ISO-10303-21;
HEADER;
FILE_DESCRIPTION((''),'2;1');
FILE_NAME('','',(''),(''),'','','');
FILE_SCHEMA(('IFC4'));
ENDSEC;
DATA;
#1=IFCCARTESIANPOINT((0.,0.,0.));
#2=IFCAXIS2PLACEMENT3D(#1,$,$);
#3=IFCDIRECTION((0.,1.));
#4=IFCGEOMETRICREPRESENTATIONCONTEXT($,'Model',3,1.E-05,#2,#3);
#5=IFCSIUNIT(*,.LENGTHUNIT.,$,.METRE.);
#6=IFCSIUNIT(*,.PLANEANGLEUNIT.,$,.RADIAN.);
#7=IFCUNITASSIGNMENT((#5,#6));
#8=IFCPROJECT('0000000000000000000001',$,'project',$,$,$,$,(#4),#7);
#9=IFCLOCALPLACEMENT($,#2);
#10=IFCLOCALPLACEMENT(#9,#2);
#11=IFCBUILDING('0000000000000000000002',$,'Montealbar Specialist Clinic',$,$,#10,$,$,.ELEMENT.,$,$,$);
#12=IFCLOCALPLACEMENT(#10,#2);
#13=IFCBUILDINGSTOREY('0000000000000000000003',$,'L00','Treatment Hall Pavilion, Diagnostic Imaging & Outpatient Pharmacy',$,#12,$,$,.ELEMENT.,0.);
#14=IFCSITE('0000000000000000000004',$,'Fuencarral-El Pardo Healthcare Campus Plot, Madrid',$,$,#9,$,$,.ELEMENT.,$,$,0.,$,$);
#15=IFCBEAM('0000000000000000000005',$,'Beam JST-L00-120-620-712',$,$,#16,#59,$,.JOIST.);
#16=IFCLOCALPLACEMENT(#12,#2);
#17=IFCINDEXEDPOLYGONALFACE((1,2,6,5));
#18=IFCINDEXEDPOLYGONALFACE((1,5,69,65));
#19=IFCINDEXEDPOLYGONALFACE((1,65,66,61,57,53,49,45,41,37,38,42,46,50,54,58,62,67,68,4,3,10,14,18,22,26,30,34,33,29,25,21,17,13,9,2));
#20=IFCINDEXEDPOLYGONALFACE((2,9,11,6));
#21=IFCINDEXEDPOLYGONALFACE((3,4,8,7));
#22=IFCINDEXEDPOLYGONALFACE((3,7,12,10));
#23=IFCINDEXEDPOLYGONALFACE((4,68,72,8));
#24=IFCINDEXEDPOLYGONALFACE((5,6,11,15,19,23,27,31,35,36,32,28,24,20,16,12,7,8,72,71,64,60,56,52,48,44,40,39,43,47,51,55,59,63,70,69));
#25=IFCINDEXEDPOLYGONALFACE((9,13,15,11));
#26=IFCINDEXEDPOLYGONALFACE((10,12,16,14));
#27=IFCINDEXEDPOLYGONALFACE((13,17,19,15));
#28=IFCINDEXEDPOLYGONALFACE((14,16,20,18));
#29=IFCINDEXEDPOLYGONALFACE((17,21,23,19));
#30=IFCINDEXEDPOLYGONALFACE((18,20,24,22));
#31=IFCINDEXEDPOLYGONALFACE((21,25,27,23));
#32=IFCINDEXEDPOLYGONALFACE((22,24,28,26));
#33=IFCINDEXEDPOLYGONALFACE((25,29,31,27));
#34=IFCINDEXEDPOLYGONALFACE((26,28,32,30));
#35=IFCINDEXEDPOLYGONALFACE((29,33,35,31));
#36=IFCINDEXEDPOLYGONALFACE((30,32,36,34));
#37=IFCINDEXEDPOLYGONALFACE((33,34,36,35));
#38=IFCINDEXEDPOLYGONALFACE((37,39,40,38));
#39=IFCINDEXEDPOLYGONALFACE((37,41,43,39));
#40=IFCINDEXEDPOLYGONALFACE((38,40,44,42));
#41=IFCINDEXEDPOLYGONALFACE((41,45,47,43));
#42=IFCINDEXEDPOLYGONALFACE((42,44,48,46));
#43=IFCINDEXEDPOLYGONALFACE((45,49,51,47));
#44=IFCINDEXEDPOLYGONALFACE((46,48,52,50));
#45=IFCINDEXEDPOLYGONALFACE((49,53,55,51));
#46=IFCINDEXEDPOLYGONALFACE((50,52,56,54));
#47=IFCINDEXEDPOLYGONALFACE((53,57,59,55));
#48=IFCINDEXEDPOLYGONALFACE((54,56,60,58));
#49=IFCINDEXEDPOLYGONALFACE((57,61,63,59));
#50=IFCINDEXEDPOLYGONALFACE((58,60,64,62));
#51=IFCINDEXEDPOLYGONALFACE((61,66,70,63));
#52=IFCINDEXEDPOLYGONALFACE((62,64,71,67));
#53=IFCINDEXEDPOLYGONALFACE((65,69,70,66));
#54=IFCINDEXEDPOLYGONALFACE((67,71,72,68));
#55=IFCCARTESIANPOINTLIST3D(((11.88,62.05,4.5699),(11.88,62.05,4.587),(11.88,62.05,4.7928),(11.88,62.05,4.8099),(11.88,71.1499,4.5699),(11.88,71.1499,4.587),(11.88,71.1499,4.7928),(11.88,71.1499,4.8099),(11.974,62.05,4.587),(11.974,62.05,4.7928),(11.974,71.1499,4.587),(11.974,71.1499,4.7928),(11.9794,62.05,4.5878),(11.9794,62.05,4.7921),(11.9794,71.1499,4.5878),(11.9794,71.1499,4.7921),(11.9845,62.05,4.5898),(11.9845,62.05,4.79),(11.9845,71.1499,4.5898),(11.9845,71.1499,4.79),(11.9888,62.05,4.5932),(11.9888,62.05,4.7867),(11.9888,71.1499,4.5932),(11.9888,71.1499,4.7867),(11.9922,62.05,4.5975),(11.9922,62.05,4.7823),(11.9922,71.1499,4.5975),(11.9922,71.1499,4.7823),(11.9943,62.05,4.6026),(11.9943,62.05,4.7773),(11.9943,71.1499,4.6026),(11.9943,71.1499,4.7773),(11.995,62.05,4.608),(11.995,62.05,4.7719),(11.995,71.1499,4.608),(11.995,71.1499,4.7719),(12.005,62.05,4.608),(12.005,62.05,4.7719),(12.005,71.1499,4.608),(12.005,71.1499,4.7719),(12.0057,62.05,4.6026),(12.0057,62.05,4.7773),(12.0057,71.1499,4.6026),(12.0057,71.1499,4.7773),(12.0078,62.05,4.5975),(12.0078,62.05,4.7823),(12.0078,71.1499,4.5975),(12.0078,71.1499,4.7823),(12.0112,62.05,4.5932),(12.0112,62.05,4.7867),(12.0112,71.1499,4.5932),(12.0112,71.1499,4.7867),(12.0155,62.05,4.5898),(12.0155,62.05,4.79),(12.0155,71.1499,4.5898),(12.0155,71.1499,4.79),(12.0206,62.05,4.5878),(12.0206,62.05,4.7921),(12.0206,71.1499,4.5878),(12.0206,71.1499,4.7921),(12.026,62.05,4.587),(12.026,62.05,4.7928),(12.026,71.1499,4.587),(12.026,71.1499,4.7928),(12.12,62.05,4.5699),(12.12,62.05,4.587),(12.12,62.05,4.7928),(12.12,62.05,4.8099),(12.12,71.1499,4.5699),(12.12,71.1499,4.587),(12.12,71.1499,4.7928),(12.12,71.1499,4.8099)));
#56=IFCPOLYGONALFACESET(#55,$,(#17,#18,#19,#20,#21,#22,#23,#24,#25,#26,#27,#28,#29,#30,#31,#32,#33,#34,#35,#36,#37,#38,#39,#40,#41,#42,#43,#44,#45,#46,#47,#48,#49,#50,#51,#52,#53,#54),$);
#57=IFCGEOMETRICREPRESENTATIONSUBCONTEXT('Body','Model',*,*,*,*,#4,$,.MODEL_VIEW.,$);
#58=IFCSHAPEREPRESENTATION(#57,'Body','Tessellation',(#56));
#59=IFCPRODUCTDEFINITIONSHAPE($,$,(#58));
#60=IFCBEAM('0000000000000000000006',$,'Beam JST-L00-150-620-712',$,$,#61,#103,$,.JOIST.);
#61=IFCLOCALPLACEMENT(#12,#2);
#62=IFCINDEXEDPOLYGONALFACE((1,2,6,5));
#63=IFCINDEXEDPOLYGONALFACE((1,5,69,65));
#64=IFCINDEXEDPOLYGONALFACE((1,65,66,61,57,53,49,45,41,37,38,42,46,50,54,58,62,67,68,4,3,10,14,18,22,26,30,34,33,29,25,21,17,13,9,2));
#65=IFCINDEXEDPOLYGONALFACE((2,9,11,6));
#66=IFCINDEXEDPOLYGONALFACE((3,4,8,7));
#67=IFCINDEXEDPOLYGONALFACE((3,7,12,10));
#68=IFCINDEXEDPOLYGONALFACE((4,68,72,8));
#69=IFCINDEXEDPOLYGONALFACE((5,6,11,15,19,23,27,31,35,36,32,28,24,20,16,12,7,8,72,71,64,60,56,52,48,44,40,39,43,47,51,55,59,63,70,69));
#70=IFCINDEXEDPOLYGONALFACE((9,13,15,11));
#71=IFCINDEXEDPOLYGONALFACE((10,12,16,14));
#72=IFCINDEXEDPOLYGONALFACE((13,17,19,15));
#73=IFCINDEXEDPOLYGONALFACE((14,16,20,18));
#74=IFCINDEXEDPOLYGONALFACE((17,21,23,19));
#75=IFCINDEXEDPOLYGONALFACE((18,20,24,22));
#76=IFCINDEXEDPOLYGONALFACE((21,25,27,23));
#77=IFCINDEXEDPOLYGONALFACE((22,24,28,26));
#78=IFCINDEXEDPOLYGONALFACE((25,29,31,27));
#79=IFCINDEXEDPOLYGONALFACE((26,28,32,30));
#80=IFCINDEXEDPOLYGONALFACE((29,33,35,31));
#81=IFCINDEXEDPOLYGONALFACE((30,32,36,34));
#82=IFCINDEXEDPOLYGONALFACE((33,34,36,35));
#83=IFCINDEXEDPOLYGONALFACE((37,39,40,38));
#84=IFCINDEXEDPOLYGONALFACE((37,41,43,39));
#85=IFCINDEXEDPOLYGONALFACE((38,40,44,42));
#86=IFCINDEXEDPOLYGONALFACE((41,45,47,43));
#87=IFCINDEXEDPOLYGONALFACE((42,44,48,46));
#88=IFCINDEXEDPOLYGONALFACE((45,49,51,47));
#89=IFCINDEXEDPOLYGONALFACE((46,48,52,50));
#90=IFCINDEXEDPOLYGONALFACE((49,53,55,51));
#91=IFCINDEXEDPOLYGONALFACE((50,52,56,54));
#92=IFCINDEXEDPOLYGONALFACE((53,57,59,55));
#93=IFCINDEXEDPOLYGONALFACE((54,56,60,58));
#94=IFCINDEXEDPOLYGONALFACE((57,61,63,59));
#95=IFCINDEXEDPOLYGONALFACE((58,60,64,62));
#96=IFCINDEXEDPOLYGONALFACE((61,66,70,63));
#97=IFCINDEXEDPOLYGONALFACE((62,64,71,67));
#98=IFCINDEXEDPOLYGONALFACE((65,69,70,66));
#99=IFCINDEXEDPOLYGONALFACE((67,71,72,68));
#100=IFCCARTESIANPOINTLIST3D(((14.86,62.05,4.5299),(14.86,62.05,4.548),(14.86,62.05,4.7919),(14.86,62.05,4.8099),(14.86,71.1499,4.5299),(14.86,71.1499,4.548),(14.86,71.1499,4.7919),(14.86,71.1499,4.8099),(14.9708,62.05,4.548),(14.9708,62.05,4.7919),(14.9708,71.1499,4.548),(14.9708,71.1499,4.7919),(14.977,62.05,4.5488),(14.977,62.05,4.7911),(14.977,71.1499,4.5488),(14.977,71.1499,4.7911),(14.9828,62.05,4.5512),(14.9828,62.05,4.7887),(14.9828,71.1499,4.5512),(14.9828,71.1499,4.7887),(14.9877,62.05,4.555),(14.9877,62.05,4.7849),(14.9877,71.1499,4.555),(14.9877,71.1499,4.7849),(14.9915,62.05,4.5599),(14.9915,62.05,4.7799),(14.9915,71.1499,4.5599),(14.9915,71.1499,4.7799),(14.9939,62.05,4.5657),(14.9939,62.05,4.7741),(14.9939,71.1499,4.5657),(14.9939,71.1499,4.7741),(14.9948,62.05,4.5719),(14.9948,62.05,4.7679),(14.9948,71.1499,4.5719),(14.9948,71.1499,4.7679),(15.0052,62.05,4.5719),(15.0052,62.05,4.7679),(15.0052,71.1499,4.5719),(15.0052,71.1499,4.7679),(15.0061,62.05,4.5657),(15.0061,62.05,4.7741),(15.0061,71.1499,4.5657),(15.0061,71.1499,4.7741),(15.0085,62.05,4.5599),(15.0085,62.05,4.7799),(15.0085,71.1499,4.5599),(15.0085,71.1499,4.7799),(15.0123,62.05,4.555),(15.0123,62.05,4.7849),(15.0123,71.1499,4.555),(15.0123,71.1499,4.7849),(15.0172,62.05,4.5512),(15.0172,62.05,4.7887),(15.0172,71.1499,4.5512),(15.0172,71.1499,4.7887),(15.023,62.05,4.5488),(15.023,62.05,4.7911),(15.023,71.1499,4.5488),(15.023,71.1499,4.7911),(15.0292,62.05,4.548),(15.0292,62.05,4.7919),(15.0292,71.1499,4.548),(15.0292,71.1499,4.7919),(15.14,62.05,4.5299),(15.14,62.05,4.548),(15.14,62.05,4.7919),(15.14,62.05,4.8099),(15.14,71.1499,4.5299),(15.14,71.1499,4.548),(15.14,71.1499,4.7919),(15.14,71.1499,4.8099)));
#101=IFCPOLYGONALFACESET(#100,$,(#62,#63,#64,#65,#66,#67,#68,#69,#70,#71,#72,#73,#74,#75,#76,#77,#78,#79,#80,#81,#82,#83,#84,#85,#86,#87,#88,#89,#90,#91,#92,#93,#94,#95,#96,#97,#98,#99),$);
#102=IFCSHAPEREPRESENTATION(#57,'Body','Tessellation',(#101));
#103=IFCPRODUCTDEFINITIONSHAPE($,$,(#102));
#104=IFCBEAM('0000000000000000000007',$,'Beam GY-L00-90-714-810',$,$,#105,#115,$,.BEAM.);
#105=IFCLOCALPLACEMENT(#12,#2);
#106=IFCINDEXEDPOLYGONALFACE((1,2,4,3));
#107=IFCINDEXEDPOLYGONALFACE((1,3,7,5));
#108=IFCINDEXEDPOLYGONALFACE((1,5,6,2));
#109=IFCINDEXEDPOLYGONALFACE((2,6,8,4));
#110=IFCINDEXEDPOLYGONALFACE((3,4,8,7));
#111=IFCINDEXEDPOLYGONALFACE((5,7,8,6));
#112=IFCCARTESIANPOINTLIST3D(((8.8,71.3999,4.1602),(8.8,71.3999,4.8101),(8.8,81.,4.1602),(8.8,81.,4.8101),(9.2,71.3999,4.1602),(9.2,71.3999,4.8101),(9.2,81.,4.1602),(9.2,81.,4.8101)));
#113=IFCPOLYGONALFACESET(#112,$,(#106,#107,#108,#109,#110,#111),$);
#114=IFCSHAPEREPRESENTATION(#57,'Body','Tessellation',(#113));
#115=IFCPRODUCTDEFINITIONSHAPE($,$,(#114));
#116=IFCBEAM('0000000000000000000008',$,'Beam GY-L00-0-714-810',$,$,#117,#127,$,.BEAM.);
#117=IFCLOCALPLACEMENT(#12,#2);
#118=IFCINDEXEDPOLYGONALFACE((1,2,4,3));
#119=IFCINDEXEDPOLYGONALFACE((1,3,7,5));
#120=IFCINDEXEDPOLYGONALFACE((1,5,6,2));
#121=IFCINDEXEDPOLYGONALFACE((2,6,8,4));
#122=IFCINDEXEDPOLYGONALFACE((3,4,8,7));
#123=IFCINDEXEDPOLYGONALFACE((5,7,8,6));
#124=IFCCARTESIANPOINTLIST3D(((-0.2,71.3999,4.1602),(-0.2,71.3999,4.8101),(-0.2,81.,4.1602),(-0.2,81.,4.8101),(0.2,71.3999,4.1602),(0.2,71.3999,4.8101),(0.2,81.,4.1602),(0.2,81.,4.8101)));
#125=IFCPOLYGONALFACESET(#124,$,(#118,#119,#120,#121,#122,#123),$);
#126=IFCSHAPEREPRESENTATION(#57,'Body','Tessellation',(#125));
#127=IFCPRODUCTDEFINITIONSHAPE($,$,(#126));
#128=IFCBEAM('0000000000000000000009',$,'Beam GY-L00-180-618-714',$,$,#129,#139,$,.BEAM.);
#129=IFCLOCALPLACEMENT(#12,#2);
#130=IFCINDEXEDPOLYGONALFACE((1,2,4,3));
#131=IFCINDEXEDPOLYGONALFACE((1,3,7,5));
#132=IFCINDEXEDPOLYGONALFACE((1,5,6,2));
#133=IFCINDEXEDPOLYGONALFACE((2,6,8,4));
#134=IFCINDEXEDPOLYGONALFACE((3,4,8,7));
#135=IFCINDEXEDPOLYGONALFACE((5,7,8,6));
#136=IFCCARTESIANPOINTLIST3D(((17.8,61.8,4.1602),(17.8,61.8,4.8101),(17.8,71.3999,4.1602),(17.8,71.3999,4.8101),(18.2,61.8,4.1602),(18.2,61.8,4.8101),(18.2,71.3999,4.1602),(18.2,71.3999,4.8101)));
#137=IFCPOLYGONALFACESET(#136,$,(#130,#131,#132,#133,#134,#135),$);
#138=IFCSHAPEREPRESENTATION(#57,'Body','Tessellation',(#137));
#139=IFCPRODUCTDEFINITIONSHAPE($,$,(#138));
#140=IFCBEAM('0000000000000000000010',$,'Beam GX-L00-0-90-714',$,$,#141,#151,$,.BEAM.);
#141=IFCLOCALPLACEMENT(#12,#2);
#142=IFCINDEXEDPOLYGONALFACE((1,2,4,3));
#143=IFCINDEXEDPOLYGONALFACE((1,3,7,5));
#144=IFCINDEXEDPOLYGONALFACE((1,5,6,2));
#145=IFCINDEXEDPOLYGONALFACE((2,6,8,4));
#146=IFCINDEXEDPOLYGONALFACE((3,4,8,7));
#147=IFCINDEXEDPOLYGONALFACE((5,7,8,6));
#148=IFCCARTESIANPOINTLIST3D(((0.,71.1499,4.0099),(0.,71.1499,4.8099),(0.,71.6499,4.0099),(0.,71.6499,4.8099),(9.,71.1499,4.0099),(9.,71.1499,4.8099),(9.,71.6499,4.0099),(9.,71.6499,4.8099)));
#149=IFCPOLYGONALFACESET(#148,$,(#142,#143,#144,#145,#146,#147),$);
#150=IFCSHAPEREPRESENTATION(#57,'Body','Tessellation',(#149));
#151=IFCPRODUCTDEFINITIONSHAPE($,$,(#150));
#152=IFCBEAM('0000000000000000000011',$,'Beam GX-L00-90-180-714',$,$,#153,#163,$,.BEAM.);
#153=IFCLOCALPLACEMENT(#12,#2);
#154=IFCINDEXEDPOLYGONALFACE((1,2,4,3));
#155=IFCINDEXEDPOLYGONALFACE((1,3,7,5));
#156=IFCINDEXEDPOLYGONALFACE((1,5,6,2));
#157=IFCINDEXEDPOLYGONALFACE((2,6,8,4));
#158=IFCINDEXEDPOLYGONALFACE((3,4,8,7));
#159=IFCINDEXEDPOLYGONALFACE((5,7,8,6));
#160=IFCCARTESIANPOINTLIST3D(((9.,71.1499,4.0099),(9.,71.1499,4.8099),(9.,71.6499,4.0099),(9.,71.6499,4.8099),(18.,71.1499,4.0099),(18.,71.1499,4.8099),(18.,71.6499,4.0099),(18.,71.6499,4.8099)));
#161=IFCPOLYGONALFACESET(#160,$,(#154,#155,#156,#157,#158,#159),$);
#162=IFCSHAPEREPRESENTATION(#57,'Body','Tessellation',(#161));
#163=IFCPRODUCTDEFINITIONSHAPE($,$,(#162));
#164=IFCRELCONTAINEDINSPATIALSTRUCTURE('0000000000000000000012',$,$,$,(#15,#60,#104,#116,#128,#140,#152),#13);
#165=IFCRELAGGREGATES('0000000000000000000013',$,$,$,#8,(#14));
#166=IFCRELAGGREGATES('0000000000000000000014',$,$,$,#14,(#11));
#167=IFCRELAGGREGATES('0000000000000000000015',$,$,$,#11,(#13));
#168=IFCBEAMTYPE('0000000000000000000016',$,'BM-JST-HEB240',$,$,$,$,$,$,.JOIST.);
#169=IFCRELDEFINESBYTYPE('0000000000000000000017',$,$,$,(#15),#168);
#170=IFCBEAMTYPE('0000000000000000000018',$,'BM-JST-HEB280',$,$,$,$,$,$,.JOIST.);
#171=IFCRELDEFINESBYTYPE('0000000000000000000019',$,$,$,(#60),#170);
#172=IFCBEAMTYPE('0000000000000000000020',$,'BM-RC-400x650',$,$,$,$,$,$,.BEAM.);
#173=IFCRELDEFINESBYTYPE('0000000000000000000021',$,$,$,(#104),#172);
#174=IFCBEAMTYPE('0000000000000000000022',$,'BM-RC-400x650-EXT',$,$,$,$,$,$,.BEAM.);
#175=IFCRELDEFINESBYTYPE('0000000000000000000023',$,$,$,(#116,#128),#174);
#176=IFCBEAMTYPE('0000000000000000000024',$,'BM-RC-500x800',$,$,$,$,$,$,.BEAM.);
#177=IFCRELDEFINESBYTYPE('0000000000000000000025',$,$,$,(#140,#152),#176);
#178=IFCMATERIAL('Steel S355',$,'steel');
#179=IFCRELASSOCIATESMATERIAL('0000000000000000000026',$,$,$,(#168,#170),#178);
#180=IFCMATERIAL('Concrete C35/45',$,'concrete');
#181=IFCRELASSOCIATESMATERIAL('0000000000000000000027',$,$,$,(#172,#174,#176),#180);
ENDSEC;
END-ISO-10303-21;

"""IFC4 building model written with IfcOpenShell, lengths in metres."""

from ifc_helpers import new_model, si_unit, direction, frame, origin, origin_2d, place, context, subcontext, project, spatial, rectangle, i_section, extrude, material, material_profile, profile_set, type_object, element, save


model = new_model("IFC4")

# Units and contexts
model_context = context("Model", 3, precision=1e-05, world=origin(), true_north=direction((0.0, 1.0)))
body_context = subcontext(model_context, "Body", "Model", "MODEL_VIEW")
ifc_project = project(units=[si_unit("LENGTHUNIT", "METRE"), si_unit("PLANEANGLEUNIT", "RADIAN")], contexts=[model_context])

# Site, building, storey
site_placement = place(None, origin())
site = spatial("IfcSite", under=ifc_project, at=site_placement, Name="Fuencarral-El Pardo Healthcare Campus Plot, Madrid", CompositionType="ELEMENT", RefElevation=0.0)
building_placement = place(site_placement, origin())
building = spatial("IfcBuilding", under=site, at=building_placement, Name="Montealbar Specialist Clinic", CompositionType="ELEMENT")
storey_placement = place(building_placement, origin())
storey = spatial("IfcBuildingStorey", under=building, at=storey_placement, Name="L00", Description="Treatment Hall Pavilion, Diagnostic Imaging & Outpatient Pharmacy", CompositionType="ELEMENT", Elevation=0.0)

# Shared definitions
ifc_material_1 = material(Name="Concrete C35/45", Category="concrete")

# Beams
ifc_material_2 = material(Name="Steel S355", Category="steel")
ifc_material_profile_1 = material_profile(ifc_material_2, i_section(OverallWidth=0.24, OverallDepth=0.24, WebThickness=0.01, FlangeThickness=0.0171, FilletRadius=0.021, at=origin_2d()), Name="HEB 240", Category="steel")
ifc_profile_set_1 = profile_set([ifc_material_profile_1], Name="Steel S355")
beam_type_1 = type_object("IfcBeamType", Name="BM-JST-HEB240", PredefinedType="JOIST", material=ifc_profile_set_1)
beam_1_placement = place(storey_placement, frame((12.0, 62.05, 4.6899), z_axis=(0.0, 1.0, 0.0), x_axis=(-1.0, 0.0, 0.0)))
element("IfcBeam", 1, at=beam_1_placement, inside=storey, type_object=beam_type_1, Name="Beam JST-L00-120-620-712", PredefinedType="JOIST", context=body_context, shape_type="SweptSolid", body=[
    extrude(i_section(OverallWidth=0.24, OverallDepth=0.24, WebThickness=0.01, FlangeThickness=0.0171, FilletRadius=0.021, at=origin_2d()), origin(), (0.0, 0.0, 1.0), 9.0999),
])
ifc_material_profile_2 = material_profile(ifc_material_2, i_section(OverallWidth=0.28, OverallDepth=0.28, WebThickness=0.0105, FlangeThickness=0.0181, FilletRadius=0.0239, at=origin_2d()), Name="HEB 280", Category="steel")
ifc_profile_set_2 = profile_set([ifc_material_profile_2], Name="Steel S355")
beam_type_2 = type_object("IfcBeamType", Name="BM-JST-HEB280", PredefinedType="JOIST", material=ifc_profile_set_2)
beam_2_placement = place(storey_placement, frame((15.0, 62.05, 4.6699), z_axis=(0.0, 1.0, 0.0), x_axis=(-1.0, 0.0, 0.0)))
element("IfcBeam", 2, at=beam_2_placement, inside=storey, type_object=beam_type_2, Name="Beam JST-L00-150-620-712", PredefinedType="JOIST", context=body_context, shape_type="SweptSolid", body=[
    extrude(i_section(OverallWidth=0.28, OverallDepth=0.28, WebThickness=0.0105, FlangeThickness=0.0181, FilletRadius=0.0239, at=origin_2d()), origin(), (0.0, 0.0, 1.0), 9.0999),
])
ifc_material_profile_3 = material_profile(ifc_material_1, rectangle(XDim=0.3999, YDim=0.6499, at=origin_2d()), Name="RC 400x650", Category="concrete")
ifc_profile_set_3 = profile_set([ifc_material_profile_3], Name="Concrete C35/45")
beam_type_3 = type_object("IfcBeamType", Name="BM-RC-400x650", PredefinedType="BEAM", material=ifc_profile_set_3)
beam_3_placement = place(storey_placement, frame((9.0, 71.3999, 4.4851), z_axis=(0.0, 1.0, 0.0), x_axis=(-1.0, 0.0, 0.0)))
element("IfcBeam", 3, at=beam_3_placement, inside=storey, type_object=beam_type_3, Name="Beam GY-L00-90-714-810", PredefinedType="BEAM", context=body_context, shape_type="SweptSolid", body=[
    extrude(rectangle(XDim=0.3999, YDim=0.6499, at=origin_2d()), origin(), (0.0, 0.0, 1.0), 9.6001),
])
ifc_material_profile_4 = material_profile(ifc_material_1, rectangle(XDim=0.3999, YDim=0.6499, at=origin_2d()), Name="RC 400x650", Category="concrete")
ifc_profile_set_4 = profile_set([ifc_material_profile_4], Name="Concrete C35/45")
beam_type_4 = type_object("IfcBeamType", Name="BM-RC-400x650-EXT", PredefinedType="BEAM", material=ifc_profile_set_4)
beam_4_placement = place(storey_placement, frame((0.0, 71.3999, 4.4851), z_axis=(0.0, 1.0, 0.0), x_axis=(-1.0, 0.0, 0.0)))
element("IfcBeam", 4, at=beam_4_placement, inside=storey, type_object=beam_type_4, Name="Beam GY-L00-0-714-810", PredefinedType="BEAM", context=body_context, shape_type="SweptSolid", body=[
    extrude(rectangle(XDim=0.3999, YDim=0.6499, at=origin_2d()), origin(), (0.0, 0.0, 1.0), 9.6001),
])
beam_5_placement = place(storey_placement, frame((18.0, 61.8, 4.4851), z_axis=(0.0, 1.0, 0.0), x_axis=(-1.0, 0.0, 0.0)))
element("IfcBeam", 5, at=beam_5_placement, inside=storey, type_object=beam_type_4, Name="Beam GY-L00-180-618-714", PredefinedType="BEAM", context=body_context, shape_type="SweptSolid", body=[
    extrude(rectangle(XDim=0.3999, YDim=0.6499, at=origin_2d()), origin(), (0.0, 0.0, 1.0), 9.5999),
])
ifc_material_profile_5 = material_profile(ifc_material_1, rectangle(XDim=0.5, YDim=0.8, at=origin_2d()), Name="RC 500x800", Category="concrete")
ifc_profile_set_5 = profile_set([ifc_material_profile_5], Name="Concrete C35/45")
beam_type_5 = type_object("IfcBeamType", Name="BM-RC-500x800", PredefinedType="BEAM", material=ifc_profile_set_5)
for number, where, z_axis, x_axis, name in (
    (6, (0.0, 71.3999, 4.4099), (1.0, 0.0, 0.0), (0.0, 1.0, 0.0), "Beam GX-L00-0-90-714"),
    (7, (9.0, 71.3999, 4.4099), (1.0, 0.0, 0.0), (0.0, 1.0, 0.0), "Beam GX-L00-90-180-714"),
):
    element("IfcBeam", number, at=place(storey_placement, frame(where, z_axis=z_axis, x_axis=x_axis)), inside=storey, type_object=beam_type_5, Name=name, PredefinedType="BEAM", context=body_context, shape_type="SweptSolid", body=[
        extrude(rectangle(XDim=0.5, YDim=0.8, at=origin_2d()), origin(), (0.0, 0.0, 1.0), 9.0),
    ])

save(model, "model.ifc")
